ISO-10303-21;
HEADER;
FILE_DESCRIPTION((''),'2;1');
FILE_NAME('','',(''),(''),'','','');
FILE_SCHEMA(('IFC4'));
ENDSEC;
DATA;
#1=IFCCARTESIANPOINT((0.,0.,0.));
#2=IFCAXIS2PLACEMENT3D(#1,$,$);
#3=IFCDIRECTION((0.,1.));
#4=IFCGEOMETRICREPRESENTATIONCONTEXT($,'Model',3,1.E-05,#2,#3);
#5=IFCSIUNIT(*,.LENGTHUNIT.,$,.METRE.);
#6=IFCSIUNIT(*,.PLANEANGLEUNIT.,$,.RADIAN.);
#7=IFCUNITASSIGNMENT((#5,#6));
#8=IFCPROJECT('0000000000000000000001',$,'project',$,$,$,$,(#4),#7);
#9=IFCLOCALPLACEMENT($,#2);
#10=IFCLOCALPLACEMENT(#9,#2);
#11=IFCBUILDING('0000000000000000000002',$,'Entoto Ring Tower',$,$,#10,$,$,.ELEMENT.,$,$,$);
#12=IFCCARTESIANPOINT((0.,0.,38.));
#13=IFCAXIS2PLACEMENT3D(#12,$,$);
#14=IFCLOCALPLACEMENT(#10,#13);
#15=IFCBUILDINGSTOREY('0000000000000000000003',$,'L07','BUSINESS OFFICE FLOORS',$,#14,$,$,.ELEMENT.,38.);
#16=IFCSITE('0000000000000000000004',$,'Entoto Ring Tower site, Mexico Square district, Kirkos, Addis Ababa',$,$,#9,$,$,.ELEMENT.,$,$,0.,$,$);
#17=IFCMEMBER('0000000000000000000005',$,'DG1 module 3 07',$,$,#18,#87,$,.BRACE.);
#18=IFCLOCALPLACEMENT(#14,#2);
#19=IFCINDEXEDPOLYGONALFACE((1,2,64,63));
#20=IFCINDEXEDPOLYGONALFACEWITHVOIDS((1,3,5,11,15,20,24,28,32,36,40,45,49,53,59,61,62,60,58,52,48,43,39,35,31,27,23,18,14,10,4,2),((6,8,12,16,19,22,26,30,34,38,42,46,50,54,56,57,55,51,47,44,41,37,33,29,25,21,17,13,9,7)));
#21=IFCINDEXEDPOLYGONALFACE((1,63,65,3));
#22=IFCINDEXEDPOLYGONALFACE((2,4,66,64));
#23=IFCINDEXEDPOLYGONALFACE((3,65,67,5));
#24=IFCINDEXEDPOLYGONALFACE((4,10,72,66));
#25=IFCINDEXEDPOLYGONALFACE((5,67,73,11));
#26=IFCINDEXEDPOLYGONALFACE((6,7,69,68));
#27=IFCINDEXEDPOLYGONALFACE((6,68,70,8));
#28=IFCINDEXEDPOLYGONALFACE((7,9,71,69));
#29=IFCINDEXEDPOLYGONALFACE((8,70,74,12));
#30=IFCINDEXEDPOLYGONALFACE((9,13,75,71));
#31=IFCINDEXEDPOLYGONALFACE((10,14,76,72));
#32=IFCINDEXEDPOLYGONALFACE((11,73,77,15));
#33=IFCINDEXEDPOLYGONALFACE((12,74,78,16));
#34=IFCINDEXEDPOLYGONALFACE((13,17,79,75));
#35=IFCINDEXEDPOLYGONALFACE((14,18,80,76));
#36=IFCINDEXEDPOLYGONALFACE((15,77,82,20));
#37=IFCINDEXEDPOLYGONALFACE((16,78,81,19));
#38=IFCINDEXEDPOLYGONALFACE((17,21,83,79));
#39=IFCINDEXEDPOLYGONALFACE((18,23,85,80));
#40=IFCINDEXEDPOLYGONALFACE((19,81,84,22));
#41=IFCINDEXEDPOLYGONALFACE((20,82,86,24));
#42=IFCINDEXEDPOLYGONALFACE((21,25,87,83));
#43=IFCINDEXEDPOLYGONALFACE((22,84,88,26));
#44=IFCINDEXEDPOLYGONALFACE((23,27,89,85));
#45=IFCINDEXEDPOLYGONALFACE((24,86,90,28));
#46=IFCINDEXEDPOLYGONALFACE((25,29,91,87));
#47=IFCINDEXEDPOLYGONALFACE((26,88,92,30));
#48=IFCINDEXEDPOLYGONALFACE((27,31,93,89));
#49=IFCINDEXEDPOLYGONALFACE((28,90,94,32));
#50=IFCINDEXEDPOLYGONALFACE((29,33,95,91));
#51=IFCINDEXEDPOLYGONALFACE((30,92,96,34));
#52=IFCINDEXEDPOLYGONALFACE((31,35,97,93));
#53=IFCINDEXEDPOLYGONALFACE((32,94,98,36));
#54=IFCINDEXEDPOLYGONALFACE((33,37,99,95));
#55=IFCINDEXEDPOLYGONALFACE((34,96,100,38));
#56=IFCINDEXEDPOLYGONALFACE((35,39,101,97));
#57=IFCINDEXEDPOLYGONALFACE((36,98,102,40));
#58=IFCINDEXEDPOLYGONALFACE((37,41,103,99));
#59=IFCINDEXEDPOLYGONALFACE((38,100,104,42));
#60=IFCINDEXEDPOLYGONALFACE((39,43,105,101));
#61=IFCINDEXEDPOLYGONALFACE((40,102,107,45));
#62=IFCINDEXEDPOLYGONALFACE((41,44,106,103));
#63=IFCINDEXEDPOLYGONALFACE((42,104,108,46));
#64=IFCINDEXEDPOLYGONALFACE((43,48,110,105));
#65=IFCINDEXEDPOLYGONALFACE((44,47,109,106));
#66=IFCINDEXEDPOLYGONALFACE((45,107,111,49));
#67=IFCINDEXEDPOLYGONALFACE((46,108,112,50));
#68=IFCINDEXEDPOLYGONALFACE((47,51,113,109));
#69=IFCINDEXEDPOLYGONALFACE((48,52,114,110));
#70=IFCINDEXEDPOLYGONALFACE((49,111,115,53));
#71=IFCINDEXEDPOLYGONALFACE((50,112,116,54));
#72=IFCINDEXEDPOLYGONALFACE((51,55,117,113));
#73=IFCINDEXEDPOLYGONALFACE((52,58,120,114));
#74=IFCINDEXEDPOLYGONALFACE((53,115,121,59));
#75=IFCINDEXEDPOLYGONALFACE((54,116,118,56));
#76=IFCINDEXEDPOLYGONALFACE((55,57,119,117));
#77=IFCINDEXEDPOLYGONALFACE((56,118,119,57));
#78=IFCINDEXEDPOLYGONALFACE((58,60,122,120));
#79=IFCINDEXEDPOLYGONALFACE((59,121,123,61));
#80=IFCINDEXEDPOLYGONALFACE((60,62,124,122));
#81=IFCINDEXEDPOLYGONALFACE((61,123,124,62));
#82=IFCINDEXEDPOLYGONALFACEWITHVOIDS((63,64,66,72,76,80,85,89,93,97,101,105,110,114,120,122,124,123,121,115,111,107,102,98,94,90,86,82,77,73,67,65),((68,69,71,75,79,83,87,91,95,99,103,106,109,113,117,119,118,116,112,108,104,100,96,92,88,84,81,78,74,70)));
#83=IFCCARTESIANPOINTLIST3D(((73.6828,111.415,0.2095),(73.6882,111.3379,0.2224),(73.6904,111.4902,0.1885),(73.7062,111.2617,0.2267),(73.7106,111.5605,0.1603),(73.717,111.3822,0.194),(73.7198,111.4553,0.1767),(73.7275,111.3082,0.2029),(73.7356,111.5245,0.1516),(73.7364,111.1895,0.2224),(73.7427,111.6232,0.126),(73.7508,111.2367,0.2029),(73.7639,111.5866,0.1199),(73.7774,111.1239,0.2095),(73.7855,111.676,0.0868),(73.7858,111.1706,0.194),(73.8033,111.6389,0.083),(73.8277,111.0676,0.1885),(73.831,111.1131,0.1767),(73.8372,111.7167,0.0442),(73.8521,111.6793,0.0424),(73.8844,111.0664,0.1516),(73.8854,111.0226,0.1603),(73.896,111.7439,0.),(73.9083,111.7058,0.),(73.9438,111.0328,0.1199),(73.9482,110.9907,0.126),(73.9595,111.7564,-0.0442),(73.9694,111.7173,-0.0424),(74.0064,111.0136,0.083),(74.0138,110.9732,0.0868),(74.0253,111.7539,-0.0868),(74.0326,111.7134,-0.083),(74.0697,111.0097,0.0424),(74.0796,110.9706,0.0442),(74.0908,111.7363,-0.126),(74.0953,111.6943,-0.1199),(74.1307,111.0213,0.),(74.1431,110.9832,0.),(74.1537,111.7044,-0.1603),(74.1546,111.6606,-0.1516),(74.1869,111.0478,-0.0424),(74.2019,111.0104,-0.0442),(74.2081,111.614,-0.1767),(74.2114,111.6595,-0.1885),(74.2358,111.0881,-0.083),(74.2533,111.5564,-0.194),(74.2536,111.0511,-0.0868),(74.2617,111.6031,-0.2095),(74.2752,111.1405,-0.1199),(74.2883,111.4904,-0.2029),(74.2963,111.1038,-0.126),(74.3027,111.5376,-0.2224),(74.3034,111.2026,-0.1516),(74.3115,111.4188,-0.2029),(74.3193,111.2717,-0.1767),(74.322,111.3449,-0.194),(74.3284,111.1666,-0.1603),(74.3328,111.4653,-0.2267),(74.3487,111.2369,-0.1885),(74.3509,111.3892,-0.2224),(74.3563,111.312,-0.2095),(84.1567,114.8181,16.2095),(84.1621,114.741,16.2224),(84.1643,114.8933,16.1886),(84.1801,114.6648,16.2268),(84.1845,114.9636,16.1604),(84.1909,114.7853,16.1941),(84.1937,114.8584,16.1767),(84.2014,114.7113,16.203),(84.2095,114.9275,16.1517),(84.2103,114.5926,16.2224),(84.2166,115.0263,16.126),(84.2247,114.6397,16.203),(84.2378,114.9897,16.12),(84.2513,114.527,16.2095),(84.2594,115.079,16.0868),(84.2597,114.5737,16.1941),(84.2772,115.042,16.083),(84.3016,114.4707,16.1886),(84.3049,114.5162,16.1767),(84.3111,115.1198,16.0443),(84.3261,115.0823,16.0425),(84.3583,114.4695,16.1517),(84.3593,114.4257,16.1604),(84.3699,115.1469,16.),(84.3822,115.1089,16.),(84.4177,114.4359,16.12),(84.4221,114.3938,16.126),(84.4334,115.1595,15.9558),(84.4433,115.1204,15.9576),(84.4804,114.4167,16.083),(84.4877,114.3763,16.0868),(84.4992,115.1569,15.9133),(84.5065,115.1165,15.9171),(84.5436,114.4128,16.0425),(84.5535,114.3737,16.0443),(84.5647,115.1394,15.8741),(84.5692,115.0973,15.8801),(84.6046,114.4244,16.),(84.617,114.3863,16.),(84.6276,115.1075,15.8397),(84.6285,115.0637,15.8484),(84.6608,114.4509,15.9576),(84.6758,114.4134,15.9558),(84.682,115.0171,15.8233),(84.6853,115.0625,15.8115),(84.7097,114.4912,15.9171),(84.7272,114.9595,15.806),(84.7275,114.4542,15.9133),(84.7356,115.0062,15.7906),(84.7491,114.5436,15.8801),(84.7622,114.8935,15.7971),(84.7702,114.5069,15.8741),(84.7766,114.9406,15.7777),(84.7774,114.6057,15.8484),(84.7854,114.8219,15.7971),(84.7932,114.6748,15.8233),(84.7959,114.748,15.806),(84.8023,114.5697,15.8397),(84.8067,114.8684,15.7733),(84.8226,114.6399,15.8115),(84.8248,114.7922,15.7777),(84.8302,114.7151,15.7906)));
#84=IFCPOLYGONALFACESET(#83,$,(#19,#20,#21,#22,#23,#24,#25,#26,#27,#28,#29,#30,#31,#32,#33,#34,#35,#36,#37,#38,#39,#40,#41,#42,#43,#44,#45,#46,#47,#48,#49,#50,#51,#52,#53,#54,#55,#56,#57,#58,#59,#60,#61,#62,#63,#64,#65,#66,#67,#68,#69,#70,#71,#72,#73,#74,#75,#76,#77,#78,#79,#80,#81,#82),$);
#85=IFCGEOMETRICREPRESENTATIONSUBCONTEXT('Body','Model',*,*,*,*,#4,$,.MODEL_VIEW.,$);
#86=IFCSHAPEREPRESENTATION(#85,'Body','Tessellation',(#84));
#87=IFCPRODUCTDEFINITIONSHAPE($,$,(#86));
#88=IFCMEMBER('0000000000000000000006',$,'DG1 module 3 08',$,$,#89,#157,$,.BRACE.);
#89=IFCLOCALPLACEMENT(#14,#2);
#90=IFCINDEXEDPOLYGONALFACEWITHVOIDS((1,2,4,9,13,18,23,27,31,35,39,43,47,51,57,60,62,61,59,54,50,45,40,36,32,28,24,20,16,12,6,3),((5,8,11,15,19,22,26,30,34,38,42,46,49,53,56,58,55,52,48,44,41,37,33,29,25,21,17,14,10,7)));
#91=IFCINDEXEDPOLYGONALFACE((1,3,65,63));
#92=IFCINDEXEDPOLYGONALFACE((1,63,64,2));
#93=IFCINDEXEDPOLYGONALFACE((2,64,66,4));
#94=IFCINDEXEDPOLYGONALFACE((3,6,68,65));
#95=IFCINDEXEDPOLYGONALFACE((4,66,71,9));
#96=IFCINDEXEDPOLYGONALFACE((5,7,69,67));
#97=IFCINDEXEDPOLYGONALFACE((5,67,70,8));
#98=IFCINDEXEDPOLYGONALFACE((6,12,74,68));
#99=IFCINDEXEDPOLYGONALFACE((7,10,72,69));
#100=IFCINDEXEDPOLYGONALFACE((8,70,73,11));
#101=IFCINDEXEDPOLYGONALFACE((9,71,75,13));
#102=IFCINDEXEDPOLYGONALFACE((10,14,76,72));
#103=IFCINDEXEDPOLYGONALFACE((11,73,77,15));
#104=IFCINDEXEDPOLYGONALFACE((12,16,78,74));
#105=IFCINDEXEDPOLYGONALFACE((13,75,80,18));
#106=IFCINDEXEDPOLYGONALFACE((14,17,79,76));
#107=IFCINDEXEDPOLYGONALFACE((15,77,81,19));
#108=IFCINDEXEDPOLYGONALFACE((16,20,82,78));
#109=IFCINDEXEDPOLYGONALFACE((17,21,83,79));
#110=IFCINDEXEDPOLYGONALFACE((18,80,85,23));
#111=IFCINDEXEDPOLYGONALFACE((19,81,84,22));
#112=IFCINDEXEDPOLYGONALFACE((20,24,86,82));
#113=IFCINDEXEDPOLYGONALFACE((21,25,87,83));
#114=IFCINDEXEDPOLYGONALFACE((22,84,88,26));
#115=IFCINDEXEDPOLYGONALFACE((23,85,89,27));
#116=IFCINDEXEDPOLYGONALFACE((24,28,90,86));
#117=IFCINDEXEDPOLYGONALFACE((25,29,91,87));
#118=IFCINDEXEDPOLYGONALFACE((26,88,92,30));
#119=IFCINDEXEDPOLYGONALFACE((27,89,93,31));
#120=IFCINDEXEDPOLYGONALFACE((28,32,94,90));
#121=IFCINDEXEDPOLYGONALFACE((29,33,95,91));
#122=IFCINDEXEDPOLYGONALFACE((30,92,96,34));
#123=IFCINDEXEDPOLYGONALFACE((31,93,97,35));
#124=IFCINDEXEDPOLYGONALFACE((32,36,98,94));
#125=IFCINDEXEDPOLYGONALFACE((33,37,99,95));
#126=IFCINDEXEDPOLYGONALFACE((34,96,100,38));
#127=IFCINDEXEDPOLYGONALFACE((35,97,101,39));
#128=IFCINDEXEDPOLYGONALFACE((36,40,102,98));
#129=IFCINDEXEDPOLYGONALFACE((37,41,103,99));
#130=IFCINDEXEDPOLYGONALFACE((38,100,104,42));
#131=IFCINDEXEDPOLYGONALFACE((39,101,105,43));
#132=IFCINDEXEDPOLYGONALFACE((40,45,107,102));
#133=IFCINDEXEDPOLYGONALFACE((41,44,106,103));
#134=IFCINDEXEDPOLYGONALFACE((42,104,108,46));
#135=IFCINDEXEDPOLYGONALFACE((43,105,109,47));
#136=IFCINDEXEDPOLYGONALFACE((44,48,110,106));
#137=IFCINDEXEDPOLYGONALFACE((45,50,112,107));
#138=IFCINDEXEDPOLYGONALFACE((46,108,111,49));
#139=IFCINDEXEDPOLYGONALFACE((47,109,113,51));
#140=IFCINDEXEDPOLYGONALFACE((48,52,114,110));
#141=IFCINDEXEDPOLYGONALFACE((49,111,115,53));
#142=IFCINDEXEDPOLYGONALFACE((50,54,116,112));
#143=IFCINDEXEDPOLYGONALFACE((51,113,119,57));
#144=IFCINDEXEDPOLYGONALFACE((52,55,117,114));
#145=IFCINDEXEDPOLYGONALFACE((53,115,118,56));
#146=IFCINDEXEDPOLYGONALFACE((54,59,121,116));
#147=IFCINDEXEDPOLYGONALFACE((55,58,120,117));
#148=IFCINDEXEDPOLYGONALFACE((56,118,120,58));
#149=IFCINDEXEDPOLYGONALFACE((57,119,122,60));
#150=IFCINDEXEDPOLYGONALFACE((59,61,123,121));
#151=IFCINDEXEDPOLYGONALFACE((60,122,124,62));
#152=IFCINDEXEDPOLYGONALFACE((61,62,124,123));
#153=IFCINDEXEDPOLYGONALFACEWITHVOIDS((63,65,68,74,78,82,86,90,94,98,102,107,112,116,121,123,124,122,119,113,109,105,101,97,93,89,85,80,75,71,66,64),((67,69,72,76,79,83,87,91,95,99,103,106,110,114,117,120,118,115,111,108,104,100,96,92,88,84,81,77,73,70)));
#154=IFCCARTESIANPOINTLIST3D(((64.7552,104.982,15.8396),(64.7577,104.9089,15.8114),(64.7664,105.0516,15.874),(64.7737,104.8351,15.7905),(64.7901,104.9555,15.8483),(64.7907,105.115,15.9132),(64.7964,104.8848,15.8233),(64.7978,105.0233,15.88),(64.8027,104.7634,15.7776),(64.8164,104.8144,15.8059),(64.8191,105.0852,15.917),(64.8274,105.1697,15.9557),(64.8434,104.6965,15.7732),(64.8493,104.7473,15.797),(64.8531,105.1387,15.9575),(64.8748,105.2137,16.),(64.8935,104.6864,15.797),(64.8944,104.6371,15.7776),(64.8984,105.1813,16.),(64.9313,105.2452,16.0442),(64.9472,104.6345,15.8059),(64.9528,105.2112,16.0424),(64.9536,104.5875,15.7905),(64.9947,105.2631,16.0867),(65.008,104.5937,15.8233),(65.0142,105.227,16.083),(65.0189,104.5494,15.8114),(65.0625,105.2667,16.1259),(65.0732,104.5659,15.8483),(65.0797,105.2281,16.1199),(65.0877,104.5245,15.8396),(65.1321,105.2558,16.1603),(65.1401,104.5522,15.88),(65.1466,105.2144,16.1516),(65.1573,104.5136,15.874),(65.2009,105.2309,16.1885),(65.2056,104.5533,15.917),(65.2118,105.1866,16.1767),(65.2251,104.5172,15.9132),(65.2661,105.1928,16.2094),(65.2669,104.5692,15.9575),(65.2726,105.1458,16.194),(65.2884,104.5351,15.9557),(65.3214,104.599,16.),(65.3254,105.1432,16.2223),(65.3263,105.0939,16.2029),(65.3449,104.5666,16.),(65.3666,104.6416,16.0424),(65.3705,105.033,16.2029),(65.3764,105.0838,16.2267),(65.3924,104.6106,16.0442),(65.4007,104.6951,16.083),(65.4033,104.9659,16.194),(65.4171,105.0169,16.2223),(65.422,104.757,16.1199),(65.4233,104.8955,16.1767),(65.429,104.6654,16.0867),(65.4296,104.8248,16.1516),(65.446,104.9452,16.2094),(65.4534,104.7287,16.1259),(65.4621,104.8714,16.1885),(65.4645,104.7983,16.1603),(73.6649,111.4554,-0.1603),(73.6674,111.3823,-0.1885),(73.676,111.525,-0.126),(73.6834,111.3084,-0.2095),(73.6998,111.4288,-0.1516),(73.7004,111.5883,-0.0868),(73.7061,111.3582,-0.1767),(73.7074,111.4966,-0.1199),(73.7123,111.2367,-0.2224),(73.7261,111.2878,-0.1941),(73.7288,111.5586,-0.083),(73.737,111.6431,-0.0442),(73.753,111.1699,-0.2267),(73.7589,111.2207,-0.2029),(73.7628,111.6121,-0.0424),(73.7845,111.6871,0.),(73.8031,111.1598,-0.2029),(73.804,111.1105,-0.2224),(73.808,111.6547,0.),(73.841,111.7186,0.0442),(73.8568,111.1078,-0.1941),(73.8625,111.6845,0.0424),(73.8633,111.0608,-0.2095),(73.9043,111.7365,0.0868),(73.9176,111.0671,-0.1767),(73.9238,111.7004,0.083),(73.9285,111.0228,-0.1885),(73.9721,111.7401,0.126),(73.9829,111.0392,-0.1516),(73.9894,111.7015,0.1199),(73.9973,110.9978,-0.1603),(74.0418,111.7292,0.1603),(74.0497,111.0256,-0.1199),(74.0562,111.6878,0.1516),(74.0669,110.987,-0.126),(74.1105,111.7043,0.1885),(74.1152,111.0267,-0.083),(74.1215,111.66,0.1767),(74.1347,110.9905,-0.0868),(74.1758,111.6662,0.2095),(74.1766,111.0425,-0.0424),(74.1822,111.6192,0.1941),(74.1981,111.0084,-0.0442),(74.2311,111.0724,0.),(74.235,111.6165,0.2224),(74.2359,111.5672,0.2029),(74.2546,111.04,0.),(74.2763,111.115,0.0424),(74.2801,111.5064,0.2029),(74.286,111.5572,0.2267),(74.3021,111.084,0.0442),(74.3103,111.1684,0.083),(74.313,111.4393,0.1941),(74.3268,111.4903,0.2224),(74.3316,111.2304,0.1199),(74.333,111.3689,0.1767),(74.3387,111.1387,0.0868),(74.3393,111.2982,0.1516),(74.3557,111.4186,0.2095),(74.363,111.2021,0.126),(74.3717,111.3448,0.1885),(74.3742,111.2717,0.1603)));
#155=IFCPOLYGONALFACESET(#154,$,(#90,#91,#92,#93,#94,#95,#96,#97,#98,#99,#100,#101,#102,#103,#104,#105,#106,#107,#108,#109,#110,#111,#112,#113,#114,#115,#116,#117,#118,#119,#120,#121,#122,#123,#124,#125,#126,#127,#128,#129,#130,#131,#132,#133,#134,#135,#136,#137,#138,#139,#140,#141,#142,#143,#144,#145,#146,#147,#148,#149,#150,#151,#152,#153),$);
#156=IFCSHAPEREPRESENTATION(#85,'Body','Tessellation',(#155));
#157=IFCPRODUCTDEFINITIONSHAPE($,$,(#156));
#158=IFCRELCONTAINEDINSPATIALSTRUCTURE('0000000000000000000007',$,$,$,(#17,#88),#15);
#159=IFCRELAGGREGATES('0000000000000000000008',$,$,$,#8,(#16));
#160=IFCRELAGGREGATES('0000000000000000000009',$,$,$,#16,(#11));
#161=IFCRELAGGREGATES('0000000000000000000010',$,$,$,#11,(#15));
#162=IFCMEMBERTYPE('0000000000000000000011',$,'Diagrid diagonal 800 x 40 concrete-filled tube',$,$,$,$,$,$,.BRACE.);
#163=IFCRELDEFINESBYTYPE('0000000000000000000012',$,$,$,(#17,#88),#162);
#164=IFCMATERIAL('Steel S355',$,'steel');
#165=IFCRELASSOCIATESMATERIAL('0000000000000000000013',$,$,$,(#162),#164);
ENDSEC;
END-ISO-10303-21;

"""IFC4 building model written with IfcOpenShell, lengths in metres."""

from ifc_helpers import new_model, si_unit, direction, frame, origin, origin_2d, place, context, subcontext, project, spatial, circle, hollow_circle, extrude, material, material_profile, profile_set, type_object, element, save


model = new_model("IFC4")

# Units and contexts
model_context = context("Model", 3, precision=1e-05, world=origin(), true_north=direction((0.0, 1.0)))
body_context = subcontext(model_context, "Body", "Model", "MODEL_VIEW")
ifc_project = project(units=[si_unit("LENGTHUNIT", "METRE"), si_unit("PLANEANGLEUNIT", "RADIAN")], contexts=[model_context])

# Site, building, storey
site_placement = place(None, origin())
site = spatial("IfcSite", under=ifc_project, at=site_placement, Name="Entoto Ring Tower site, Mexico Square district, Kirkos, Addis Ababa", CompositionType="ELEMENT", RefElevation=0.0)
building_placement = place(site_placement, origin())
building = spatial("IfcBuilding", under=site, at=building_placement, Name="Entoto Ring Tower", CompositionType="ELEMENT")
storey_placement = place(building_placement, frame((0.0, 0.0, 38.0)))
storey = spatial("IfcBuildingStorey", under=building, at=storey_placement, Name="L07", Description="BUSINESS OFFICE FLOORS", CompositionType="ELEMENT", Elevation=38.0)

# Members
ifc_material_1 = material(Name="Steel S355", Category="steel")
ifc_material_profile_1 = material_profile(ifc_material_1, hollow_circle(Radius=0.3999, WallThickness=0.04, at=origin_2d()), Name="CHS 800 x 40")
ifc_material_2 = material(Name="Concrete C60/75", Category="concrete")
ifc_material_profile_2 = material_profile(ifc_material_2, circle(Radius=0.3601, at=origin_2d()), Name="Concrete C60/75 infill")
ifc_profile_set_1 = profile_set([ifc_material_profile_1, ifc_material_profile_2], Name="Steel S355")
member_type_1 = type_object("IfcMemberType", Name="Diagrid diagonal 800 x 40 concrete-filled tube", PredefinedType="BRACE", material=ifc_profile_set_1)
for number, where, z_axis, x_axis, name in (
    (1, (74.0195, 111.3635, 0.0), (0.53923, 0.175202, 0.823733), (-0.309009, 0.951059, 0.0), "DG1 module 3 07"),
    (2, (74.0195, 111.3635, 0.0), (-0.458697, -0.33327, 0.823729), (0.587793, -0.809011, 0.0), "DG1 module 3 08"),
):
    element("IfcMember", number, at=place(storey_placement, frame(where, z_axis=z_axis, x_axis=x_axis)), inside=storey, type_object=member_type_1, Name=name, PredefinedType="BRACE", context=body_context, shape_type="SweptSolid", body=[
        extrude(hollow_circle(Radius=0.3999, WallThickness=0.04, at=origin_2d()), origin(), (0.0, 0.0, 1.0), 19.4238),
    ])

save(model, "model.ifc")
